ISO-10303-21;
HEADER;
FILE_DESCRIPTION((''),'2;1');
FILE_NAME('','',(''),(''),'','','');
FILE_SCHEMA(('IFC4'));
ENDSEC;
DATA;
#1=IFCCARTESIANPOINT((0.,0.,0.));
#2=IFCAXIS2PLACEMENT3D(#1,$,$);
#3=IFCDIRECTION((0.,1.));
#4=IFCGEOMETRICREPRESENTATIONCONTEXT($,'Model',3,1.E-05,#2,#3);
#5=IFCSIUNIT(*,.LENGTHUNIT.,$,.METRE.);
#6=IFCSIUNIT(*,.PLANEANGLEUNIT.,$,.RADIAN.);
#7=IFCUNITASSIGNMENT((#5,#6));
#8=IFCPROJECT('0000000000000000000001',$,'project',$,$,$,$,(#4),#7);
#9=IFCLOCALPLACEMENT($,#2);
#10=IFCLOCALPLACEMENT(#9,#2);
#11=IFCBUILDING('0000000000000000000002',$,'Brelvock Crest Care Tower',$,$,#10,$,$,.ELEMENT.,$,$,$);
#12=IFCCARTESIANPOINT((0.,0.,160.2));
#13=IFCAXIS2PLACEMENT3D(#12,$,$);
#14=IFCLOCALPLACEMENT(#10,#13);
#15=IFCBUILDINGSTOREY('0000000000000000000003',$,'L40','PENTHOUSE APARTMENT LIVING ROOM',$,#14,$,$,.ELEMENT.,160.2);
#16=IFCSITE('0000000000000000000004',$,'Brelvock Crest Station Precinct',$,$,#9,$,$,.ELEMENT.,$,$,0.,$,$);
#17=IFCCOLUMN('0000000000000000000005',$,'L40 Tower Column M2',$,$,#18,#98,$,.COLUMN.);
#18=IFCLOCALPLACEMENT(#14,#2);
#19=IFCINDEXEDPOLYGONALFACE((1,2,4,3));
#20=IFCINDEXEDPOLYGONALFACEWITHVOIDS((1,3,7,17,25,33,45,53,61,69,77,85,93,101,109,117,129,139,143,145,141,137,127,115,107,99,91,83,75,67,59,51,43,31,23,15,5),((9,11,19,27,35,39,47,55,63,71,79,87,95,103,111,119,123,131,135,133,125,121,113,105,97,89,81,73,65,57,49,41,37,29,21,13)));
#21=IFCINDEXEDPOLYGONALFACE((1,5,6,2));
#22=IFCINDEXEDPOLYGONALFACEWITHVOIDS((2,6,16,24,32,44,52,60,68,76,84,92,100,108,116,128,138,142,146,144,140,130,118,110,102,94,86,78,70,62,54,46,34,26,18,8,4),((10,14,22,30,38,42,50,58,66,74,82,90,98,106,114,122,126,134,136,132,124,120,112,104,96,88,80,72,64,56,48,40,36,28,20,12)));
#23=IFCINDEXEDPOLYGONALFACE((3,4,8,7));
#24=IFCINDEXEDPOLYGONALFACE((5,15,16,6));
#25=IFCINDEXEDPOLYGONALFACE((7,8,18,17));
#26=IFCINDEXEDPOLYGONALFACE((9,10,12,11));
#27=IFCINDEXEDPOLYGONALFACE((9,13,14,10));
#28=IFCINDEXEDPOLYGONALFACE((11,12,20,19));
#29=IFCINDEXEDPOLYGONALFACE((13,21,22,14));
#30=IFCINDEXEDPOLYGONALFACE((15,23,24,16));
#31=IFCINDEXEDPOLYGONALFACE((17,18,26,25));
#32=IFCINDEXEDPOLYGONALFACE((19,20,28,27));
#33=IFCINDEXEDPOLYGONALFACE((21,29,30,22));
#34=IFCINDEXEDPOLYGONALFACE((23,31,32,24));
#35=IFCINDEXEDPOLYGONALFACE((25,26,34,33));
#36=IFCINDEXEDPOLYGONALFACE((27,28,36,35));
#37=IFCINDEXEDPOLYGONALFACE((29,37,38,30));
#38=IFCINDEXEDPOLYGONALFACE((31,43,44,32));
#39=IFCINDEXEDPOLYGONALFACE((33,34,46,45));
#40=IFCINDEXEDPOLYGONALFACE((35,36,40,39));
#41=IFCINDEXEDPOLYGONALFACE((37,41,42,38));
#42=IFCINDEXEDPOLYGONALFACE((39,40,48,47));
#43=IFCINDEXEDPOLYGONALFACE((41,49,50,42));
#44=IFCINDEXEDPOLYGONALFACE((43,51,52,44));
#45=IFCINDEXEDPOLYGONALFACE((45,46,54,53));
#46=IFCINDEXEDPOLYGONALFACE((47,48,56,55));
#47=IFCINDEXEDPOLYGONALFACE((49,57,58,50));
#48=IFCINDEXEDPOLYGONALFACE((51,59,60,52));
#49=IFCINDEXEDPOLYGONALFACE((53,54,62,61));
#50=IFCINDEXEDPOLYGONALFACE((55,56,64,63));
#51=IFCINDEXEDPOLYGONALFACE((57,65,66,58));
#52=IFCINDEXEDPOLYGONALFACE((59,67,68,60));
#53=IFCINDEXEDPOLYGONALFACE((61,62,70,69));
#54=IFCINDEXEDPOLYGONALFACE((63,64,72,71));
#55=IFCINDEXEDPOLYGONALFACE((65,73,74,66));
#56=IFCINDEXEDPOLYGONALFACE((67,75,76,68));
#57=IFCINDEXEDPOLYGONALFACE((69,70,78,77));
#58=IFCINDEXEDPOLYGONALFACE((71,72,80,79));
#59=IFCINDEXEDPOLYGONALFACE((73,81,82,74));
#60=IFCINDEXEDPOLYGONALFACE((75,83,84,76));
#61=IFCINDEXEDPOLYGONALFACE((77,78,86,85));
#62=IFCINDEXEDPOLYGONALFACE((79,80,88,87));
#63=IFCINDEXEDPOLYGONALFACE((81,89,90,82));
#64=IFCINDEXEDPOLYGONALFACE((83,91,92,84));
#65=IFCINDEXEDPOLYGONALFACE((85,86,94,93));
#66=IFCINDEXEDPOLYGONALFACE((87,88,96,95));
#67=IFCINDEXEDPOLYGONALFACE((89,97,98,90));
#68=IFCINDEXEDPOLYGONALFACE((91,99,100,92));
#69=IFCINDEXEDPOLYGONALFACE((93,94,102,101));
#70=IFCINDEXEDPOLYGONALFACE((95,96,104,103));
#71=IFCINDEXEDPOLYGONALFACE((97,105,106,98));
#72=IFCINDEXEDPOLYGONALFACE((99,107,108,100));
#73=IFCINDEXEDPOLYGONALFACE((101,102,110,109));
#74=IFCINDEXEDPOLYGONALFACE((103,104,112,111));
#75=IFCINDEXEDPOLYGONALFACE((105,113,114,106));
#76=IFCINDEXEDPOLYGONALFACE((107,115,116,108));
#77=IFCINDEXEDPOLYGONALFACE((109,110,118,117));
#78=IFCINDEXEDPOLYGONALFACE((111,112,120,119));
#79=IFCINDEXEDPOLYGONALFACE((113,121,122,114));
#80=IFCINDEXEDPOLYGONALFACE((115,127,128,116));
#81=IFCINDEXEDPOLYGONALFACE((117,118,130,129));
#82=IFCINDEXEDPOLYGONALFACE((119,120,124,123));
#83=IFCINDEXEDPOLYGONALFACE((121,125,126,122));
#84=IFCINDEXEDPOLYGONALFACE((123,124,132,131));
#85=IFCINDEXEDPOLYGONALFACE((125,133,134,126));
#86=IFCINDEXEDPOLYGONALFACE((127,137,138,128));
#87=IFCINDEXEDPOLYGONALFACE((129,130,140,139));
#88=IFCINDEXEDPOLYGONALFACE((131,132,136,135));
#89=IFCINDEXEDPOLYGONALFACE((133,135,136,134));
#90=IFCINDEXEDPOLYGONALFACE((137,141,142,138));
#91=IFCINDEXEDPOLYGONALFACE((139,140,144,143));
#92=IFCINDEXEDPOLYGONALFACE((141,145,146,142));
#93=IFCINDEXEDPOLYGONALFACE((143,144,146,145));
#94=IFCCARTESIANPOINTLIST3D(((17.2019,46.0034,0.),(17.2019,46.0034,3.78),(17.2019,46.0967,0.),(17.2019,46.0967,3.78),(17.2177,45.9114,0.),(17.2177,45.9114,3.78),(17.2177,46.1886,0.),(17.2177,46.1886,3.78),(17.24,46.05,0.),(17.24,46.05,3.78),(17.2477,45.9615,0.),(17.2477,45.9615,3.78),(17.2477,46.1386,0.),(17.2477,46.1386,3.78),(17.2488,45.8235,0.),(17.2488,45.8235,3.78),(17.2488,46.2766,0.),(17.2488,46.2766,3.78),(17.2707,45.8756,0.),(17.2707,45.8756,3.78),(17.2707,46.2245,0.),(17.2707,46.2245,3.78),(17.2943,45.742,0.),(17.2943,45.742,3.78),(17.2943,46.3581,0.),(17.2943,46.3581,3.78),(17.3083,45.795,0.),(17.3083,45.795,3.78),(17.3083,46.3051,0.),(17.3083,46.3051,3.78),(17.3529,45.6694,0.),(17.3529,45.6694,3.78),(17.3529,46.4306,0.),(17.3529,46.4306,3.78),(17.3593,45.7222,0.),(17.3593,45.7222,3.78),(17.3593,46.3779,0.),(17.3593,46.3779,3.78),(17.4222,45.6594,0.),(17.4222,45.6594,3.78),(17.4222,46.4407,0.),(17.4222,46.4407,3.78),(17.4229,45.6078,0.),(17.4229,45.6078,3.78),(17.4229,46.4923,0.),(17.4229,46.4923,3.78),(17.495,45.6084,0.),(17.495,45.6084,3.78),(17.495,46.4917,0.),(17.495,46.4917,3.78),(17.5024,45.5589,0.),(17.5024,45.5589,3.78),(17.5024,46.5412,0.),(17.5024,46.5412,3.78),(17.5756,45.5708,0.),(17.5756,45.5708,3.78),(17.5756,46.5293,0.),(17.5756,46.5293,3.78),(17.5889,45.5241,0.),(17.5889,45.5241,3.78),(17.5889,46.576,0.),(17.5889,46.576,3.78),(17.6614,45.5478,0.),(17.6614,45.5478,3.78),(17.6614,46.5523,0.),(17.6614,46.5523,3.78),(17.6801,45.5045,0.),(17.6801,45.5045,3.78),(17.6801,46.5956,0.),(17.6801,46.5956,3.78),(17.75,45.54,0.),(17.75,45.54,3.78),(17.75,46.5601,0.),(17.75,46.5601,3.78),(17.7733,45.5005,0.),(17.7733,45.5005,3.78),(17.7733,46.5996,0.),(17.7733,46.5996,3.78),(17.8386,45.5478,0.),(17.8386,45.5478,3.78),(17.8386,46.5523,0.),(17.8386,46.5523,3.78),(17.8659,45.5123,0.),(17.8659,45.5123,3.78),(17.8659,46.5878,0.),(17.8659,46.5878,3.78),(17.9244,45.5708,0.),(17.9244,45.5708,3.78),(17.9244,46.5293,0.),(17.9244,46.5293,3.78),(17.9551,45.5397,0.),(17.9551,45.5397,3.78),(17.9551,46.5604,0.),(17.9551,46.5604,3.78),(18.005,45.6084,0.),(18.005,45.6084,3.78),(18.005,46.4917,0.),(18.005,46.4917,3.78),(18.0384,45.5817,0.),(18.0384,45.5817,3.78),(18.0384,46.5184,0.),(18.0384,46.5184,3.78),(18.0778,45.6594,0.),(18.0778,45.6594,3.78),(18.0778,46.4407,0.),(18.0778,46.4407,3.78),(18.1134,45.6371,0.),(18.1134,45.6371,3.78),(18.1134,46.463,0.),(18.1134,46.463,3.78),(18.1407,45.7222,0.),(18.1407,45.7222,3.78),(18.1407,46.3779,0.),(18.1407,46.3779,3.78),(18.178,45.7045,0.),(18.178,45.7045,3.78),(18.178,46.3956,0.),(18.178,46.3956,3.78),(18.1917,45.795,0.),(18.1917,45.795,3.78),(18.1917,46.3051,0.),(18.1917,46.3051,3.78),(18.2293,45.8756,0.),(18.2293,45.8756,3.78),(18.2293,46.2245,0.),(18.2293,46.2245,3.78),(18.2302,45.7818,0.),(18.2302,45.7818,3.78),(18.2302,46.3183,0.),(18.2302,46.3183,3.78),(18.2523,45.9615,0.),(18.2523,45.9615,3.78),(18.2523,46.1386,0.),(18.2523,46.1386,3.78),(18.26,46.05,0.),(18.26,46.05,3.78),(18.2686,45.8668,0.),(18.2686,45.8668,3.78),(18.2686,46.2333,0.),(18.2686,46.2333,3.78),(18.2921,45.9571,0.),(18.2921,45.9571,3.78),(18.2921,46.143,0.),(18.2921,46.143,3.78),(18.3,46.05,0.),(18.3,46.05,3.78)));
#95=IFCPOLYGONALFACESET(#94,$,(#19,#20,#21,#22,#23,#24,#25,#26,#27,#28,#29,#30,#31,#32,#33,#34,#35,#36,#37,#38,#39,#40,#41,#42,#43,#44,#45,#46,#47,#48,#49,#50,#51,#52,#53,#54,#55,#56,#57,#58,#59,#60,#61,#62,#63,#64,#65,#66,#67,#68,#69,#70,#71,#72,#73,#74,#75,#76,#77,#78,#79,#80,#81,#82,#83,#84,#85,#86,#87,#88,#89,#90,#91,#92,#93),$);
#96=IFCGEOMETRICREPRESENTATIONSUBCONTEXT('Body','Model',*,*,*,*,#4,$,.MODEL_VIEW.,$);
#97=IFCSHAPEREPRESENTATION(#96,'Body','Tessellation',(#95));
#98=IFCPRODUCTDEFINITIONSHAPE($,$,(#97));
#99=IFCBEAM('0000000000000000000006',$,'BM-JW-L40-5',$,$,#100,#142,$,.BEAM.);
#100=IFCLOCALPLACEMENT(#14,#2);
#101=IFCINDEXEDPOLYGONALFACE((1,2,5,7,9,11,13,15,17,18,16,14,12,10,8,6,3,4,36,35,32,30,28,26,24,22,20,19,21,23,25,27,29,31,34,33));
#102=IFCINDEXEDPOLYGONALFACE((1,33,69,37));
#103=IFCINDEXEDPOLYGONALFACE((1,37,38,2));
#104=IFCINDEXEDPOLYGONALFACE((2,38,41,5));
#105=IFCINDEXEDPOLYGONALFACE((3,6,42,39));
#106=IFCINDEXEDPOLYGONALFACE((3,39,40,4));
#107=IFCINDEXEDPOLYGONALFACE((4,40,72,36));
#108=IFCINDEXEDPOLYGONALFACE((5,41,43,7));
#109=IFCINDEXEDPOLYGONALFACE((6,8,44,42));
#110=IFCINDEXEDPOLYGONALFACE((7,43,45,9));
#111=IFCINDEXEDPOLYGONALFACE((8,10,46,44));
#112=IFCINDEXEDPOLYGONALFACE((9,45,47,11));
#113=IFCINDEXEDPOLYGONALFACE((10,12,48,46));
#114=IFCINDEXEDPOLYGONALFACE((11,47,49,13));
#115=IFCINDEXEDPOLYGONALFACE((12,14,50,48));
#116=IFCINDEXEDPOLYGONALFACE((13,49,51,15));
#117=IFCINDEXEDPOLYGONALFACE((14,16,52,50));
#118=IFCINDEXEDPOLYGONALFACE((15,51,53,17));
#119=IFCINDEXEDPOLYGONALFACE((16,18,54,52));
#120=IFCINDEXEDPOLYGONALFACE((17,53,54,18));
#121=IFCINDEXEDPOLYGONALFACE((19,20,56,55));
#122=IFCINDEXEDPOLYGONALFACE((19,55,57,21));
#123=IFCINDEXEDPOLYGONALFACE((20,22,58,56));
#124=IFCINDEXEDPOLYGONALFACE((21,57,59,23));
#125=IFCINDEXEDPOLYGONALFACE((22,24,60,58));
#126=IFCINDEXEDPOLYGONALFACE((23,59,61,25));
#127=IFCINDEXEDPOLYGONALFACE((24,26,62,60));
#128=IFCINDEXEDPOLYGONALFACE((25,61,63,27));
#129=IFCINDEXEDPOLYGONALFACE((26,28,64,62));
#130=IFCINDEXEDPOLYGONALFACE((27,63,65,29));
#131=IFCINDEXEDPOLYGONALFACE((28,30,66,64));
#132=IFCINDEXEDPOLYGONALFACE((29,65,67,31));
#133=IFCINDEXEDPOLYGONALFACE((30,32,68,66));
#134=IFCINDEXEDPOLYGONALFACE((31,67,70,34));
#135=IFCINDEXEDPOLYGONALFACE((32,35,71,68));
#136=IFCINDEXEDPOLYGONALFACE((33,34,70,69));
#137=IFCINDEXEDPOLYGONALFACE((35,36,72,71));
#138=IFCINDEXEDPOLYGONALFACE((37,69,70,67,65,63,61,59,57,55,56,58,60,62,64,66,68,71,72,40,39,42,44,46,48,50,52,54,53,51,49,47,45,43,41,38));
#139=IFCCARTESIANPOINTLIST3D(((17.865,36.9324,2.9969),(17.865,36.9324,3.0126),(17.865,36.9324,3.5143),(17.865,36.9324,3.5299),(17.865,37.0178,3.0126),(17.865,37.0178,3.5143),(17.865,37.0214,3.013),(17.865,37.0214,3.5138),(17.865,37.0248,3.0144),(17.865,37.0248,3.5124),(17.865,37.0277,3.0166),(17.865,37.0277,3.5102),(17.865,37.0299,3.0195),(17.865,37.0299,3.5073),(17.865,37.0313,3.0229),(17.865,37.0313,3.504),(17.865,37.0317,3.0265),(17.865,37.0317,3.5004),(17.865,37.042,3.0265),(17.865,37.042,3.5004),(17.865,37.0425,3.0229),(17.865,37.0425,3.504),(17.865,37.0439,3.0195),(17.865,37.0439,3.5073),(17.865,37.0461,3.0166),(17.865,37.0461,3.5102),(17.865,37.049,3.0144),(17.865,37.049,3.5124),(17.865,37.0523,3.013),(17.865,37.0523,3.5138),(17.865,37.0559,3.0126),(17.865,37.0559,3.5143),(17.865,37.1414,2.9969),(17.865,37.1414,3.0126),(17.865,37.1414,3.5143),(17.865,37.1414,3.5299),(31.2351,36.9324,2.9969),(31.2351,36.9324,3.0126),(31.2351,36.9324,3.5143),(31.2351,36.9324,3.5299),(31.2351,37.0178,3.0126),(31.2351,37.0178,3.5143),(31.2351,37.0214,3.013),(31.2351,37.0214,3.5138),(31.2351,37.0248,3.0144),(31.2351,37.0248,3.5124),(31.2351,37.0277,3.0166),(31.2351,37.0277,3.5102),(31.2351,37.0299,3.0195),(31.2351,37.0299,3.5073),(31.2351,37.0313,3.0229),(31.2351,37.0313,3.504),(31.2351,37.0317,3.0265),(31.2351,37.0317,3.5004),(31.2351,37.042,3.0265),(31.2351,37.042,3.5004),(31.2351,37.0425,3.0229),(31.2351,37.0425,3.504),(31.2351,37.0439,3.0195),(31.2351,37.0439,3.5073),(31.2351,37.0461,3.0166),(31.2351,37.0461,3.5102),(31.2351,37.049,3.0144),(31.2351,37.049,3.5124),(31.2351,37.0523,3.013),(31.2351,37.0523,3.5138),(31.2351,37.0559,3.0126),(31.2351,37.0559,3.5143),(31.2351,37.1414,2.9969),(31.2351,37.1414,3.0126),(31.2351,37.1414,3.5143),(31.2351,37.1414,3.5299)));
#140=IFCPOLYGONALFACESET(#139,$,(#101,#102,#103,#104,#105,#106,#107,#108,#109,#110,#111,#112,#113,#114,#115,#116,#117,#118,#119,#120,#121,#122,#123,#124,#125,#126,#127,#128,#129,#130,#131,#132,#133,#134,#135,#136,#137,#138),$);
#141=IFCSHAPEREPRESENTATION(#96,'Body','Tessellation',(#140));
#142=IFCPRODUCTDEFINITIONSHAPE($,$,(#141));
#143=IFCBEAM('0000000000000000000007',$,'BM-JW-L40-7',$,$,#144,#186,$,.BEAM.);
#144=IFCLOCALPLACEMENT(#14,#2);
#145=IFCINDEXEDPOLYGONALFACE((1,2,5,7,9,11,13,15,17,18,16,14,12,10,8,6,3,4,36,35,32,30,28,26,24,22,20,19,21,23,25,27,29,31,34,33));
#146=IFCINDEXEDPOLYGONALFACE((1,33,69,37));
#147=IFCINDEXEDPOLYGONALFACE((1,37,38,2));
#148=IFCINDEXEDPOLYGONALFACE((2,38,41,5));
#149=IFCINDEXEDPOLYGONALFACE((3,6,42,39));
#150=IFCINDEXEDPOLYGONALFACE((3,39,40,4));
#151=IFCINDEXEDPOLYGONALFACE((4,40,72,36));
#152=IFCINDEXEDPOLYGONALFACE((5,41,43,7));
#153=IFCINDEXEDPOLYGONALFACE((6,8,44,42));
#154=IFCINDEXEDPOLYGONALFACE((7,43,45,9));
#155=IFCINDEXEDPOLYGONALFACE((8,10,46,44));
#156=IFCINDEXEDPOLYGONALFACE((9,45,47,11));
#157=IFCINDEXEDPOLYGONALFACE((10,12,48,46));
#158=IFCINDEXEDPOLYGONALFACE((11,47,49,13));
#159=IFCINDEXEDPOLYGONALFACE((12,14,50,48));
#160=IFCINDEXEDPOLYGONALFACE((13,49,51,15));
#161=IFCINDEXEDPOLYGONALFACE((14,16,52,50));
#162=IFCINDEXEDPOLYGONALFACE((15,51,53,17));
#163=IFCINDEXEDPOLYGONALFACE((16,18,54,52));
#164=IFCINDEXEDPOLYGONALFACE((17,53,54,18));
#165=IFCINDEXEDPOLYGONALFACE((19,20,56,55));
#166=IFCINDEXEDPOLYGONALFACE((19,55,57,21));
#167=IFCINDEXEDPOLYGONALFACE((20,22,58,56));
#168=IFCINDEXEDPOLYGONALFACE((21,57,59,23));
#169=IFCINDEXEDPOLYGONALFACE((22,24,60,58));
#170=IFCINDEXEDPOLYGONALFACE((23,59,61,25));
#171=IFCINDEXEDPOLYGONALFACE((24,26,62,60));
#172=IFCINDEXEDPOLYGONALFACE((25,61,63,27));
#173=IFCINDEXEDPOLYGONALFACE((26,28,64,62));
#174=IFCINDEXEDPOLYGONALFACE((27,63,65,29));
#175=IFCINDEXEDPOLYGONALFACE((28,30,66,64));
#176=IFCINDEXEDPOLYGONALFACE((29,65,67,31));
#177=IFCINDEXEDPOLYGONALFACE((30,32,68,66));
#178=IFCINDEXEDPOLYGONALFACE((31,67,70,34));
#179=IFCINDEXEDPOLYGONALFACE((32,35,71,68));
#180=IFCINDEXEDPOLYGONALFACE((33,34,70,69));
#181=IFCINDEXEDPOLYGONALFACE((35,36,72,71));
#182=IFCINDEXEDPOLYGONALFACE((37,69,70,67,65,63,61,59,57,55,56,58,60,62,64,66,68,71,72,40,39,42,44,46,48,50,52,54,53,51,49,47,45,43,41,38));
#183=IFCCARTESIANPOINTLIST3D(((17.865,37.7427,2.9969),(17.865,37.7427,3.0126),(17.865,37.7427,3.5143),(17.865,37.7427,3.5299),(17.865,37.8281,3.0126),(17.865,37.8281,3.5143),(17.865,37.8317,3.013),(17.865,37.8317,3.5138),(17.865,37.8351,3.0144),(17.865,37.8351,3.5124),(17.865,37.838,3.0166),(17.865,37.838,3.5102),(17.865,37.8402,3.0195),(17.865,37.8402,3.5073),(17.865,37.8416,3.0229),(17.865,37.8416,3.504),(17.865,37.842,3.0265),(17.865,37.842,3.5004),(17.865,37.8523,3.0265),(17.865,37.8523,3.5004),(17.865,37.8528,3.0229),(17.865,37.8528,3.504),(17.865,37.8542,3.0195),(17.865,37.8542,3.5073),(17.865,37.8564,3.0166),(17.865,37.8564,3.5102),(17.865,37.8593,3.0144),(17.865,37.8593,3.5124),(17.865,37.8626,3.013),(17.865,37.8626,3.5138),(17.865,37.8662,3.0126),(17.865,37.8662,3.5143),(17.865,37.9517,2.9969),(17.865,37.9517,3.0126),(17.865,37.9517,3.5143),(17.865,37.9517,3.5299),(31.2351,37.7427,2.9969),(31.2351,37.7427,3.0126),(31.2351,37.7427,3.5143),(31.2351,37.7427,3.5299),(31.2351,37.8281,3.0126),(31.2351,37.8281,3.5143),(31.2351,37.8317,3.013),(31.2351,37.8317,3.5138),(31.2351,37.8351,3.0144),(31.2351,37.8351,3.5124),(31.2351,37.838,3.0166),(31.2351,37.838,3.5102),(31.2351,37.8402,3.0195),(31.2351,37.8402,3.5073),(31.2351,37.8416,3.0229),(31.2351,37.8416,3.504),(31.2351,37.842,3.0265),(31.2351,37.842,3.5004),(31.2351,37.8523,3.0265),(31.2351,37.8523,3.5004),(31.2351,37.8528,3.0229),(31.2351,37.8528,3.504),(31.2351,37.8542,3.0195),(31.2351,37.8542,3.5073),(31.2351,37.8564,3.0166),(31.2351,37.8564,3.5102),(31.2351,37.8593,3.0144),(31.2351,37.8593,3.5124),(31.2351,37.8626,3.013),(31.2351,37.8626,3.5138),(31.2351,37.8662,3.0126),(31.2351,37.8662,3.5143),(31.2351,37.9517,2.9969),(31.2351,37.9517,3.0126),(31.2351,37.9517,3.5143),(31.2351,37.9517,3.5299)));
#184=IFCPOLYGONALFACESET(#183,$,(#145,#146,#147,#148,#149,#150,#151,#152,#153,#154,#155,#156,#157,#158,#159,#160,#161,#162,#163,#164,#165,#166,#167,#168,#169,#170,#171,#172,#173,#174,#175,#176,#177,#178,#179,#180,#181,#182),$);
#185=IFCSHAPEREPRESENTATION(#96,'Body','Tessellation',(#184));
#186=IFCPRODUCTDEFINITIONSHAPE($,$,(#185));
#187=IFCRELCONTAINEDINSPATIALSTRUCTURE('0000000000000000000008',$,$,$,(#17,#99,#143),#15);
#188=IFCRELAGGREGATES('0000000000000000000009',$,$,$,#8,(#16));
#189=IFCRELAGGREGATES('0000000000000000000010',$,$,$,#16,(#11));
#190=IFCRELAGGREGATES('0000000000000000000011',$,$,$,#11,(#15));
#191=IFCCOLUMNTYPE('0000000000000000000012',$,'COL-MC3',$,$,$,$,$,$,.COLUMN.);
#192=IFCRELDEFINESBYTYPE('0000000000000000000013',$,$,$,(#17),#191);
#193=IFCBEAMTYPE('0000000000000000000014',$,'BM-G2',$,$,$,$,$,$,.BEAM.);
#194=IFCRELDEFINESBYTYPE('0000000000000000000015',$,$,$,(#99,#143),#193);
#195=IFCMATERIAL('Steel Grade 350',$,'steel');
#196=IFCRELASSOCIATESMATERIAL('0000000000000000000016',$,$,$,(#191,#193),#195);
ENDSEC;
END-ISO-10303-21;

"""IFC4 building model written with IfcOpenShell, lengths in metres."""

from ifc_helpers import new_model, si_unit, direction, frame, origin, origin_2d, place, context, subcontext, project, spatial, hollow_circle, i_section, extrude, source, transform, mapped, material, material_profile, profile_set, type_object, element, save


model = new_model("IFC4")

# Units and contexts
model_context = context("Model", 3, precision=1e-05, world=origin(), true_north=direction((0.0, 1.0)))
body_context = subcontext(model_context, "Body", "Model", "MODEL_VIEW")
ifc_project = project(units=[si_unit("LENGTHUNIT", "METRE"), si_unit("PLANEANGLEUNIT", "RADIAN")], contexts=[model_context])

# Site, building, storey
site_placement = place(None, origin())
site = spatial("IfcSite", under=ifc_project, at=site_placement, Name="Brelvock Crest Station Precinct", CompositionType="ELEMENT", RefElevation=0.0)
building_placement = place(site_placement, origin())
building = spatial("IfcBuilding", under=site, at=building_placement, Name="Brelvock Crest Care Tower", CompositionType="ELEMENT")
storey_placement = place(building_placement, frame((0.0, 0.0, 160.2)))
storey = spatial("IfcBuildingStorey", under=building, at=storey_placement, Name="L40", Description="PENTHOUSE APARTMENT LIVING ROOM", CompositionType="ELEMENT", Elevation=160.2)

# Column
ifc_material_1 = material(Name="Steel Grade 350", Category="steel")
ifc_material_profile_1 = material_profile(ifc_material_1, hollow_circle(Radius=0.55, WallThickness=0.04, at=origin_2d()), Name="CFT1100x40")
ifc_profile_set_1 = profile_set([ifc_material_profile_1], Name="Steel Grade 350")
column_type = type_object("IfcColumnType", Name="COL-MC3", PredefinedType="COLUMN", material=ifc_profile_set_1)
shared_shape_1 = source(origin(), body_context, "Body", "SweptSolid", [
    extrude(hollow_circle(Radius=0.55, WallThickness=0.04, at=origin_2d()), origin(), (0.0, 0.0, 1.0), 3.78),
])
column_placement = place(storey_placement, frame((17.75, 46.05, 0.0), z_axis=(0.0, 0.0, 1.0), x_axis=(1.0, 0.0, 0.0)))
element("IfcColumn", 1, at=column_placement, inside=storey, type_object=column_type, Name="L40 Tower Column M2", PredefinedType="COLUMN", context=body_context, shape_type="MappedRepresentation", body=[
    mapped(shared_shape_1, transform((0.0, 0.0, 0.0), x_axis=(1.0, 0.0, 0.0), y_axis=(0.0, 1.0, 0.0), z_axis=(0.0, 0.0, 1.0), scale=1.0)),
])

# Beams
ifc_material_profile_2 = material_profile(ifc_material_1, i_section(OverallWidth=0.209, OverallDepth=0.533, WebThickness=0.0103, FlangeThickness=0.0156, FilletRadius=0.0139, at=origin_2d()), Name="530UB92.4")
ifc_profile_set_2 = profile_set([ifc_material_profile_2], Name="Steel Grade 350")
beam_type_1 = type_object("IfcBeamType", Name="BM-G2", PredefinedType="BEAM", material=ifc_profile_set_2)
shared_shape_2 = source(origin(), body_context, "Body", "SweptSolid", [
    extrude(i_section(OverallWidth=0.209, OverallDepth=0.533, WebThickness=0.0103, FlangeThickness=0.0156, FilletRadius=0.0139, at=origin_2d()), origin(), (0.0, 0.0, 1.0), 13.3701),
])
for number, where, z_axis, x_axis, name in (
    (2, (17.865, 37.0369, 3.2634), (1.0, 0.0, 0.0), (0.0, 1.0, 0.0), "BM-JW-L40-5"),
    (3, (17.865, 37.8472, 3.2634), (1.0, 0.0, 0.0), (0.0, 1.0, 0.0), "BM-JW-L40-7"),
):
    element("IfcBeam", number, at=place(storey_placement, frame(where, z_axis=z_axis, x_axis=x_axis)), inside=storey, type_object=beam_type_1, Name=name, PredefinedType="BEAM", context=body_context, shape_type="MappedRepresentation", body=[
        mapped(shared_shape_2, transform((0.0, 0.0, 0.0), x_axis=(1.0, 0.0, 0.0), y_axis=(0.0, 1.0, 0.0), z_axis=(0.0, 0.0, 1.0), scale=1.0)),
    ])

save(model, "model.ifc")
